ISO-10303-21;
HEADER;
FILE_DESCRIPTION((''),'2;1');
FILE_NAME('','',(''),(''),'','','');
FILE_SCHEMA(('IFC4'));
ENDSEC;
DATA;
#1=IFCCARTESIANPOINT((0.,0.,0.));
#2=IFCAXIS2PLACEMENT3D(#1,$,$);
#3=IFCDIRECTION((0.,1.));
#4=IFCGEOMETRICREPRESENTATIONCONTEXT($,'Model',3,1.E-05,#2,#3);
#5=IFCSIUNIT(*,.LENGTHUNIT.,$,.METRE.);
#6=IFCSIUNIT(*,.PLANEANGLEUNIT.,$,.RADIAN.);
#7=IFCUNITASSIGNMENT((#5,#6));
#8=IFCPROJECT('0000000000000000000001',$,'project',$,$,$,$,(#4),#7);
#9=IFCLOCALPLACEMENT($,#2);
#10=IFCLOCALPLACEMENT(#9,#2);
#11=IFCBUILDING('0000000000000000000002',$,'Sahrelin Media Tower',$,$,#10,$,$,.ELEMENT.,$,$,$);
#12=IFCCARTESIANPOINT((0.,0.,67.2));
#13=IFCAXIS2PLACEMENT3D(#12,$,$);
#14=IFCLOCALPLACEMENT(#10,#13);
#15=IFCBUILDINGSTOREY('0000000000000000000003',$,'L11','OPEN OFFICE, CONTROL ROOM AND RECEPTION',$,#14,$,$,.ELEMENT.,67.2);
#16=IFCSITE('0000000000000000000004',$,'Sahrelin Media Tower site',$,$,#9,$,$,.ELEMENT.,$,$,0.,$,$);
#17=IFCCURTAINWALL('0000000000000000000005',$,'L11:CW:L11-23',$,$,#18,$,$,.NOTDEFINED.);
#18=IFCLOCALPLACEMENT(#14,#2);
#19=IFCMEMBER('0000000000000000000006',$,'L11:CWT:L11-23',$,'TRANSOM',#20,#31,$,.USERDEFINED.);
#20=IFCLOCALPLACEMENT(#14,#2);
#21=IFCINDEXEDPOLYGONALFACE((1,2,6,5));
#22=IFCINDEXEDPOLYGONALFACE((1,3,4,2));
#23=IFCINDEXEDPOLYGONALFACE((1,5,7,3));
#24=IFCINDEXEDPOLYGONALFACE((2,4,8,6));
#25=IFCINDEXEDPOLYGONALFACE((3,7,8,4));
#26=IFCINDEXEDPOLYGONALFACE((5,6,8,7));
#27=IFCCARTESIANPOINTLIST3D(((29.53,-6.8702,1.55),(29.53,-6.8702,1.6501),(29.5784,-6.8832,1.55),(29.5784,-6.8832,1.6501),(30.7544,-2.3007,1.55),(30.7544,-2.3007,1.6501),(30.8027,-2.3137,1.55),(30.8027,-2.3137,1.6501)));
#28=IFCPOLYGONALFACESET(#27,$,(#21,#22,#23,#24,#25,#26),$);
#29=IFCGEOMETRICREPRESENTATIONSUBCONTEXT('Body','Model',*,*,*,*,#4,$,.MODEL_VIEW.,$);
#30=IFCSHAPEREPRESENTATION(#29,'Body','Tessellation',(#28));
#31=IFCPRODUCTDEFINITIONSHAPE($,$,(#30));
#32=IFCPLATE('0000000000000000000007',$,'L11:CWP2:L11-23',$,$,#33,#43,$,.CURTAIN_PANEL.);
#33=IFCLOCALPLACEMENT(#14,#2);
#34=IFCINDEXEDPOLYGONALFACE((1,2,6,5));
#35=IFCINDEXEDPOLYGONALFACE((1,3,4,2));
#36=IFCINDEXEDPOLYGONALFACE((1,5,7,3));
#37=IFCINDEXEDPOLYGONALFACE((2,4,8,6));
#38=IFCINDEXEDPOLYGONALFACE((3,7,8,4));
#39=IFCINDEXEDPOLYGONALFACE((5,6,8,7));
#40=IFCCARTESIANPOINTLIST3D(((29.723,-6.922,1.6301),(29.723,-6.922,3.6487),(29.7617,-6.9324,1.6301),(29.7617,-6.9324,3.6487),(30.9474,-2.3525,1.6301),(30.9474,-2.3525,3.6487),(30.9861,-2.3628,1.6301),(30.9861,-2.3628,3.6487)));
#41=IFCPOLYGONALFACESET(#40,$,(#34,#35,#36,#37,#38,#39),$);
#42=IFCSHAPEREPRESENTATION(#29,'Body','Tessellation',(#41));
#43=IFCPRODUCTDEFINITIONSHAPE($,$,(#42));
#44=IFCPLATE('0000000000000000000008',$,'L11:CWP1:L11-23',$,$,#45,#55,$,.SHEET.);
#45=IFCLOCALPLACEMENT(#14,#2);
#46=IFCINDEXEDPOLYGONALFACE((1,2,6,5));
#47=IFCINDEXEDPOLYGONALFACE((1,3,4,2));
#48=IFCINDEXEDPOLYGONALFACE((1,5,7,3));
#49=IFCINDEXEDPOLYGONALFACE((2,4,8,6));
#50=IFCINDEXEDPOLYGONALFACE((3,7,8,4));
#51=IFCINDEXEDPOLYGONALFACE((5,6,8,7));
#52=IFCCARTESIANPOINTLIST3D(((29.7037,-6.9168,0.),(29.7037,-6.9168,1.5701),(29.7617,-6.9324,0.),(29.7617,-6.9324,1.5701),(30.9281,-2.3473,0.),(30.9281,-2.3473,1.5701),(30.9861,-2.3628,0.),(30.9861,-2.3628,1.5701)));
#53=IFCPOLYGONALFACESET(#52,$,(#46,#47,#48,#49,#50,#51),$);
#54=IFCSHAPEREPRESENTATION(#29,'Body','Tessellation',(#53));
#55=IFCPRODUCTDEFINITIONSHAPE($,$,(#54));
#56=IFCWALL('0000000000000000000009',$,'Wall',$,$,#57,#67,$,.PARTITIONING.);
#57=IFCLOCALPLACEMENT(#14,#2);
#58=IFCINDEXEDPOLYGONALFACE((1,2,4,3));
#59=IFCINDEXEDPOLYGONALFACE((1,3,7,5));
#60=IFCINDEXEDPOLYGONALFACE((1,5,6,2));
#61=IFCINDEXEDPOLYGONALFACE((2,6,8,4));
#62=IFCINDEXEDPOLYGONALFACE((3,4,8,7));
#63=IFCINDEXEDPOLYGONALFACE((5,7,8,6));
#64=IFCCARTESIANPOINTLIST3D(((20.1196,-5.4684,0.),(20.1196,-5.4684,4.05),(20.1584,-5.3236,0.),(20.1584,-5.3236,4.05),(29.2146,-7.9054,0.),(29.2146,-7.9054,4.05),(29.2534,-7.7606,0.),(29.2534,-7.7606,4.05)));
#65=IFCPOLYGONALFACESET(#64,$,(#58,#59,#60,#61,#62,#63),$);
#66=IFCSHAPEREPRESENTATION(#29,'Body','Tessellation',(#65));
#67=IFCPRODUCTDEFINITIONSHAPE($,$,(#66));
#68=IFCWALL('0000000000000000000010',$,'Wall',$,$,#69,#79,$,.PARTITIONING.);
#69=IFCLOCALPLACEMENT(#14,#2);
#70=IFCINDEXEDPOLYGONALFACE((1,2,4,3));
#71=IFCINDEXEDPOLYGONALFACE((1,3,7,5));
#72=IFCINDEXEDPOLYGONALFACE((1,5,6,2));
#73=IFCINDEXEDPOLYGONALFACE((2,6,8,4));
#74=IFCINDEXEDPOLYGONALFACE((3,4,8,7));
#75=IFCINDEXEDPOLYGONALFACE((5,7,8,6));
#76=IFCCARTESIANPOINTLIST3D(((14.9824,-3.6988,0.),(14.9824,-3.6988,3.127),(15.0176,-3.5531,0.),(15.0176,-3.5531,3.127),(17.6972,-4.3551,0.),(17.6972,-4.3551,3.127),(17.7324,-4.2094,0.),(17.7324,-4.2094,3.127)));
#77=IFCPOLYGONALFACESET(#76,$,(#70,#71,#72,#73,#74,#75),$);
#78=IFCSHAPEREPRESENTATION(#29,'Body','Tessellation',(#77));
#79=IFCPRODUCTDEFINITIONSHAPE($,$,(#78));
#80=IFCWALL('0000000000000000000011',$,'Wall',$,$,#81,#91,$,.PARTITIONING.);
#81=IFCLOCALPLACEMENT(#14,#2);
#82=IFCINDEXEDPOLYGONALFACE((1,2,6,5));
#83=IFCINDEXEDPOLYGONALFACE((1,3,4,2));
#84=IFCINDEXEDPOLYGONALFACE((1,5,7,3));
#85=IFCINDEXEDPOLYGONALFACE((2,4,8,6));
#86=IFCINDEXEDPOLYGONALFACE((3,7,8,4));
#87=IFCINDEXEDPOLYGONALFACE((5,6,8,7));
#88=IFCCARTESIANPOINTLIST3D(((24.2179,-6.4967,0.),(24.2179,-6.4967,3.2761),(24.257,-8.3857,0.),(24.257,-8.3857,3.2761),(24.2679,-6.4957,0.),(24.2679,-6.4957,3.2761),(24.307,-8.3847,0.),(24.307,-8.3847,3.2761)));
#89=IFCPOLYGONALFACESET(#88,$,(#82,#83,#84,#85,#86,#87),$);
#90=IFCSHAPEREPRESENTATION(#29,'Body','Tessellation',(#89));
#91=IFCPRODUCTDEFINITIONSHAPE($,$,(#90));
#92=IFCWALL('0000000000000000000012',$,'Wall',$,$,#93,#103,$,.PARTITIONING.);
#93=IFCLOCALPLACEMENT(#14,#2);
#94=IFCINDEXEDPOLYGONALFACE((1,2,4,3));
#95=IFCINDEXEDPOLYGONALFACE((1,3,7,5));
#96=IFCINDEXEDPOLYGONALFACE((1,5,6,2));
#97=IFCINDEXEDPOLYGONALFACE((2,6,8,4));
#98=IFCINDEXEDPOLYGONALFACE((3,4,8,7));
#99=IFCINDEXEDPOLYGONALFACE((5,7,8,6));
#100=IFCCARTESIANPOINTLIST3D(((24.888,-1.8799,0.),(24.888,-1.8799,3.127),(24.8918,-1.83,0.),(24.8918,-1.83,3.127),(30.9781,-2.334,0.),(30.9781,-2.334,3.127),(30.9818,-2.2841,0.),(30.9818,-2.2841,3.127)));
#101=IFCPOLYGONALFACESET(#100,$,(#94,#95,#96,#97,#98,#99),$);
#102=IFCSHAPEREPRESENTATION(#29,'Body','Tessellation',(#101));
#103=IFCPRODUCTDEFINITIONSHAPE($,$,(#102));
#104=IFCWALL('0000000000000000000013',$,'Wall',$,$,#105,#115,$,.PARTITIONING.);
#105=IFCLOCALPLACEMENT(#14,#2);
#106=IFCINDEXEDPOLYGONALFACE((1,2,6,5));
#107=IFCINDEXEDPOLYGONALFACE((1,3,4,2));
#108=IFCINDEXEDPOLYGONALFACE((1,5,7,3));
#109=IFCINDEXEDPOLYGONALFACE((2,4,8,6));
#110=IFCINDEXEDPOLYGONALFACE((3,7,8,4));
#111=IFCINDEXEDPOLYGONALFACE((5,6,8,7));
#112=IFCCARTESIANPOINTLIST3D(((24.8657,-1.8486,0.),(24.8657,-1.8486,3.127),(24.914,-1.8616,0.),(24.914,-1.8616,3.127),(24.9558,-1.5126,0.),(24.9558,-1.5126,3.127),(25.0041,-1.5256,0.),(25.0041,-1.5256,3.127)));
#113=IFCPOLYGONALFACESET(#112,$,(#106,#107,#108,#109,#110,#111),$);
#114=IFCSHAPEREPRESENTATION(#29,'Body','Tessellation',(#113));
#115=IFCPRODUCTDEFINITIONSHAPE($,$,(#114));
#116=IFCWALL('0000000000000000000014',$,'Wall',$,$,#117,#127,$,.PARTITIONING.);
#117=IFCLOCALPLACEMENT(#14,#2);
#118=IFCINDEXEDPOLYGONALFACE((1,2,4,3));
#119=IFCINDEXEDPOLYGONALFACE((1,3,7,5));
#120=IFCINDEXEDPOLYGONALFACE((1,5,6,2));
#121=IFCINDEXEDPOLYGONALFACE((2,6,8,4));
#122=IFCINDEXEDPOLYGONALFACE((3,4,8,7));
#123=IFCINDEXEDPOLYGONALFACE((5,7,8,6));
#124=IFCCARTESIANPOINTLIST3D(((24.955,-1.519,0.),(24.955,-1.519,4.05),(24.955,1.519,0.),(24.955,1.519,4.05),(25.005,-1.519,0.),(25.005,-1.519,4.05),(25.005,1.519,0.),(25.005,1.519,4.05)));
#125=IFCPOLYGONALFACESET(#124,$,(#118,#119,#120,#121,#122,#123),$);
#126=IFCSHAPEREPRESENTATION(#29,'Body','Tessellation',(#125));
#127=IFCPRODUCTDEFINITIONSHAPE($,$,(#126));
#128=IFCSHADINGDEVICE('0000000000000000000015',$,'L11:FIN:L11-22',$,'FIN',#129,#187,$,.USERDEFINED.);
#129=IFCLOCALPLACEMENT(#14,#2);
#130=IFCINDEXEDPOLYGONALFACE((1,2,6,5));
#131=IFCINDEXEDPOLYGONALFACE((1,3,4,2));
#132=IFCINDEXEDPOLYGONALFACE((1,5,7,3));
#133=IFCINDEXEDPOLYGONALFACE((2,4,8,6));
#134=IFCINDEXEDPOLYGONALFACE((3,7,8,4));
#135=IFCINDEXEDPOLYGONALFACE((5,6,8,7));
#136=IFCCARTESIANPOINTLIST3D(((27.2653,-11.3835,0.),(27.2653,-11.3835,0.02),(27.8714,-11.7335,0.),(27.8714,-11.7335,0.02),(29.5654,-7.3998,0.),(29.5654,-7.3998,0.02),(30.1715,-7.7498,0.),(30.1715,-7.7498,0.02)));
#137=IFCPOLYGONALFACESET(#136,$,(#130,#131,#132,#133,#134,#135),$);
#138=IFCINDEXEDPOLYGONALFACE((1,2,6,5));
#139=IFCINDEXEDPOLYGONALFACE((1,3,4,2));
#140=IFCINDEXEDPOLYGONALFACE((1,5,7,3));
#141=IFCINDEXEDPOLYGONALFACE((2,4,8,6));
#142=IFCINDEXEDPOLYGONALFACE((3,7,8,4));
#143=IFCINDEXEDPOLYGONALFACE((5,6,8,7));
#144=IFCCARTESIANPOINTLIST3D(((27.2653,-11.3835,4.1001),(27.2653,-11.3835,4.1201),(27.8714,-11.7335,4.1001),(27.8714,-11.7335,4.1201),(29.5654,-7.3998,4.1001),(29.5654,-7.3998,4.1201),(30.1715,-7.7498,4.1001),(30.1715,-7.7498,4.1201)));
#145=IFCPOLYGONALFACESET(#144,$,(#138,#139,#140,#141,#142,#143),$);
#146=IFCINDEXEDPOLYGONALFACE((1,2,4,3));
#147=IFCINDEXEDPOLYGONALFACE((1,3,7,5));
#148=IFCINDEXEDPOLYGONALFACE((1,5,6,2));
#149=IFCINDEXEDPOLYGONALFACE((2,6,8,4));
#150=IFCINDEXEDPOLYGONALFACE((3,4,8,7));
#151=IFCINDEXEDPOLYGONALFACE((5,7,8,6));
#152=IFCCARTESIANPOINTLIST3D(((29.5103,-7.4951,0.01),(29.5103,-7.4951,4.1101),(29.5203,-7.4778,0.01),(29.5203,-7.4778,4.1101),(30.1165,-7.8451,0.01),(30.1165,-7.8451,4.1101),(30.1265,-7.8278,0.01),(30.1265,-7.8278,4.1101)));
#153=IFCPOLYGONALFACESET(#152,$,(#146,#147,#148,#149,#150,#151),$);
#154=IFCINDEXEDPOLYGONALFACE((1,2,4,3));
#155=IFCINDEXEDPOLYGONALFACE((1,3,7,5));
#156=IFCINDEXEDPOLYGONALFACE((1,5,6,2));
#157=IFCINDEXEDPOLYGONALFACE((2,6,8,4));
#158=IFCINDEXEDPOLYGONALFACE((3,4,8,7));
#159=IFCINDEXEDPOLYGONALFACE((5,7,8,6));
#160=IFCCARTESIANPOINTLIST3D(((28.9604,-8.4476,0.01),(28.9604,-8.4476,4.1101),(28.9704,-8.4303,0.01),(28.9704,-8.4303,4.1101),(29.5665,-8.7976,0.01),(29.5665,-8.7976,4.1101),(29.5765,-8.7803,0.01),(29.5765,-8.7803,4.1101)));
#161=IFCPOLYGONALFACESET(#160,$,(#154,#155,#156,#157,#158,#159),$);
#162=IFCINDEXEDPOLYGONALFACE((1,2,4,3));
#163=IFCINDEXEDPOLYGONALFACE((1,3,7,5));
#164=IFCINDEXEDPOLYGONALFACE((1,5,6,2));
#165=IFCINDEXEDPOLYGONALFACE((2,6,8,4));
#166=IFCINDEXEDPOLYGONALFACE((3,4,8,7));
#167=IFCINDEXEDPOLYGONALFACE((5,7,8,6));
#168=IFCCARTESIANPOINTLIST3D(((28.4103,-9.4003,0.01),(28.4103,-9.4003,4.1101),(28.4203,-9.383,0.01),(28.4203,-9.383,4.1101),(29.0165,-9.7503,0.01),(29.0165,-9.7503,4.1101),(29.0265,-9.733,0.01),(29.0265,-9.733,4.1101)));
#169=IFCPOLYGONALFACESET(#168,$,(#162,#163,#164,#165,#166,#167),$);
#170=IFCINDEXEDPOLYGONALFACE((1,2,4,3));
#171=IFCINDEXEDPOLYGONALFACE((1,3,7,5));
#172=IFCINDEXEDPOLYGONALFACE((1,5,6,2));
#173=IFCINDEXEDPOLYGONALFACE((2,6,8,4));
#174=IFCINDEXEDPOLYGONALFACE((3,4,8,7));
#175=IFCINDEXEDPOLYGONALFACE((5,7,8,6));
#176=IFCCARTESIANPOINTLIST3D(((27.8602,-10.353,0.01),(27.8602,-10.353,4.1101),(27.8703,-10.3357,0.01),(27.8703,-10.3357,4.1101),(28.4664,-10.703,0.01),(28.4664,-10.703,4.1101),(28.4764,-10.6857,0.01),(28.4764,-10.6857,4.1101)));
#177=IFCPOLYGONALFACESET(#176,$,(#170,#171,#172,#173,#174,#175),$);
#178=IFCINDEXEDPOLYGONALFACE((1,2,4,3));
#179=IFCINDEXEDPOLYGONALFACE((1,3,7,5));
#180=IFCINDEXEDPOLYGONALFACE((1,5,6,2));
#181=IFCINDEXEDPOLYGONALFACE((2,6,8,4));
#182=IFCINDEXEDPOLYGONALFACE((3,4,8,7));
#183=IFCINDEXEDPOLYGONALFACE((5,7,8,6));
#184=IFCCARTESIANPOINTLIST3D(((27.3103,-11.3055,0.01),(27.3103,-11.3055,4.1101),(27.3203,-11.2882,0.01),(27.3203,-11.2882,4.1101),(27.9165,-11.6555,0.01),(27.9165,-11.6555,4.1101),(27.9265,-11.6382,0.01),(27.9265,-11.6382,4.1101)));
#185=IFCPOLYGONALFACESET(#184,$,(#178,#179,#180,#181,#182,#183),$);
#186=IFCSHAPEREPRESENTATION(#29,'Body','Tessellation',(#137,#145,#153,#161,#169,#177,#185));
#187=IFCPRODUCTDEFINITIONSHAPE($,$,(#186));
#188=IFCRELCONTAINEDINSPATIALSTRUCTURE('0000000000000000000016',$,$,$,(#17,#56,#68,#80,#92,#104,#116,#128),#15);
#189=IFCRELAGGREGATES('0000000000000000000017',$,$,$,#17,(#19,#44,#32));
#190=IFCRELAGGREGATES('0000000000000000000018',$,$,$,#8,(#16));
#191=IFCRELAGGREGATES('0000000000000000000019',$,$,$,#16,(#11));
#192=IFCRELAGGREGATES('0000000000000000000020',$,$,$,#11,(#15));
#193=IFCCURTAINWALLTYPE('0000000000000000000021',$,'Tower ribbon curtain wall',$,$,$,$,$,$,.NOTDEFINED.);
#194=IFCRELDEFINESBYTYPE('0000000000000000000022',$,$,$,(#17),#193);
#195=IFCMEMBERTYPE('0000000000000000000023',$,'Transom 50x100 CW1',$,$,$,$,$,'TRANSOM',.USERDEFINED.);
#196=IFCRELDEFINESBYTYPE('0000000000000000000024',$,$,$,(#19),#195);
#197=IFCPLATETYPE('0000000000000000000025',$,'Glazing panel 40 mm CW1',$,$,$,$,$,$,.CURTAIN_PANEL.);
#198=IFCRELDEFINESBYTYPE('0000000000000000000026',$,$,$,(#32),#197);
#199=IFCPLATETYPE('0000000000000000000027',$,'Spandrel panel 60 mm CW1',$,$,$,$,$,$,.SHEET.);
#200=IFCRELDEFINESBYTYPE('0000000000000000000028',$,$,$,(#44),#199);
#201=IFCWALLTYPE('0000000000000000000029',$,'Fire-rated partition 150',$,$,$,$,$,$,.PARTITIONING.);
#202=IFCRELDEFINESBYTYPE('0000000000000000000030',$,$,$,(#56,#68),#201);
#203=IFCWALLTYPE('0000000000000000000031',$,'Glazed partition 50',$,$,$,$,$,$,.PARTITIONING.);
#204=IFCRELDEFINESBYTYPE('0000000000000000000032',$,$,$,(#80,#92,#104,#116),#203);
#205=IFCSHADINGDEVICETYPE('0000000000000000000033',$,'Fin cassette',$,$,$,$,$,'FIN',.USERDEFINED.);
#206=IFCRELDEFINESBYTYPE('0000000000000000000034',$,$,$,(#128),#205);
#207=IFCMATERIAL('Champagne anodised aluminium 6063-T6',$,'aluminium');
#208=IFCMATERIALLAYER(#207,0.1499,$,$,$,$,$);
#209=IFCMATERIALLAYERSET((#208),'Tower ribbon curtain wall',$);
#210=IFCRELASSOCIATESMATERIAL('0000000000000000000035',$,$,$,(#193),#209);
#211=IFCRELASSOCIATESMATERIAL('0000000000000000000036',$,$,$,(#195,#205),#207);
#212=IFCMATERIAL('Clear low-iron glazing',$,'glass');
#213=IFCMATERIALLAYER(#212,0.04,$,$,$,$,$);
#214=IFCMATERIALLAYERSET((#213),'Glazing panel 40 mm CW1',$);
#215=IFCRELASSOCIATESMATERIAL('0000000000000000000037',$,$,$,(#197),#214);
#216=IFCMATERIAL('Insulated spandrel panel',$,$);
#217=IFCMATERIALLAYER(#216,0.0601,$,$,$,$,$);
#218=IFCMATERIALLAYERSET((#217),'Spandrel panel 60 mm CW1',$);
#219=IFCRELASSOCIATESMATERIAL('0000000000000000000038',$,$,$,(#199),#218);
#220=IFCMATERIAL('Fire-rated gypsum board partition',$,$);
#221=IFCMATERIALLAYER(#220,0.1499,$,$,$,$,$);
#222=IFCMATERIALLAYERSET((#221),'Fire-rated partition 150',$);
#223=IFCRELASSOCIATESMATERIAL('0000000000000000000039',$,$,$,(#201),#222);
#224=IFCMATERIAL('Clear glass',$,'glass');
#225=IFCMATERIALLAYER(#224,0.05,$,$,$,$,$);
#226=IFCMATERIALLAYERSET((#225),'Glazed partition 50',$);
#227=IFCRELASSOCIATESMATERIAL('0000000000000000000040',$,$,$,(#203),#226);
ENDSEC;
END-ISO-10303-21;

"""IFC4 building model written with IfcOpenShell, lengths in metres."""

from ifc_helpers import new_model, si_unit, direction, frame, frame_2d, origin, origin_2d, place, context, subcontext, project, spatial, polyline, rectangle, outline, extrude, material, layer, layer_set, material_profile, profile_set, type_object, element, aggregate, save


model = new_model("IFC4")

# Units and contexts
model_context = context("Model", 3, precision=1e-05, world=origin(), true_north=direction((0.0, 1.0)))
body_context = subcontext(model_context, "Body", "Model", "MODEL_VIEW")
ifc_project = project(units=[si_unit("LENGTHUNIT", "METRE"), si_unit("PLANEANGLEUNIT", "RADIAN")], contexts=[model_context])

# Site, building, storey
site_placement = place(None, origin())
site = spatial("IfcSite", under=ifc_project, at=site_placement, Name="Sahrelin Media Tower site", CompositionType="ELEMENT", RefElevation=0.0)
building_placement = place(site_placement, origin())
building = spatial("IfcBuilding", under=site, at=building_placement, Name="Sahrelin Media Tower", CompositionType="ELEMENT")
storey_placement = place(building_placement, frame((0.0, 0.0, 67.2)))
storey = spatial("IfcBuildingStorey", under=building, at=storey_placement, Name="L11", Description="OPEN OFFICE, CONTROL ROOM AND RECEPTION", CompositionType="ELEMENT", Elevation=67.2)

# Curtain wall
ifc_material_1 = material(Name="Champagne anodised aluminium 6063-T6", Category="aluminium")
ifc_layer_1 = layer(ifc_material_1, 0.1499)
ifc_layer_set_1 = layer_set([ifc_layer_1], Name="Tower ribbon curtain wall")
curtain_wall_type = type_object("IfcCurtainWallType", Name="Tower ribbon curtain wall", PredefinedType="NOTDEFINED", material=ifc_layer_set_1)
curtain_wall_1_placement = place(storey_placement, frame((30.3545, -4.6423, 0.0), z_axis=(0.0, 0.0, 1.0), x_axis=(1.0, 0.0, 0.0)))
curtain_wall_1 = element("IfcCurtainWall", 1, at=curtain_wall_1_placement, inside=storey, type_object=curtain_wall_type, Name="L11:CW:L11-23", PredefinedType="NOTDEFINED")

# Member
ifc_material_profile_1 = material_profile(ifc_material_1, rectangle(XDim=0.05, YDim=0.1001, at=origin_2d()), Name="Transom 50x100")
ifc_profile_set_1 = profile_set([ifc_material_profile_1], Name="Champagne anodised aluminium 6063-T6")
member_type_1 = type_object("IfcMemberType", Name="Transom 50x100 CW1", ElementType="TRANSOM", PredefinedType="USERDEFINED", material=ifc_profile_set_1)
member_1_placement = place(storey_placement, frame((29.5542, -6.8767, 1.6001), z_axis=(0.258809, 0.965928, 0.0), x_axis=(-0.965928, 0.258809, 0.0)))
member_1 = element("IfcMember", 2, at=member_1_placement, type_object=member_type_1, Name="L11:CWT:L11-23", ObjectType="TRANSOM", PredefinedType="USERDEFINED", context=body_context, shape_type="SweptSolid", body=[
    extrude(rectangle(XDim=0.05, YDim=0.1001, at=origin_2d()), origin(), (0.0, 0.0, 1.0), 4.7307),
])

# Plates
ifc_material_2 = material(Name="Clear low-iron glazing", Category="glass")
ifc_layer_2 = layer(ifc_material_2, 0.04)
ifc_layer_set_2 = layer_set([ifc_layer_2], Name="Glazing panel 40 mm CW1")
plate_type_1 = type_object("IfcPlateType", Name="Glazing panel 40 mm CW1", PredefinedType="CURTAIN_PANEL", material=ifc_layer_set_2)
plate_1_placement = place(storey_placement, frame((29.7617, -6.9324, 1.6301), z_axis=(0.965928, -0.258809, 0.0), x_axis=(0.258809, 0.965928, 0.0)))
plate_1 = element("IfcPlate", 3, at=plate_1_placement, type_object=plate_type_1, Name="L11:CWP2:L11-23", PredefinedType="CURTAIN_PANEL", context=body_context, shape_type="SweptSolid", body=[
    extrude(outline(polyline([(0.0, 0.0), (4.7307, 0.0), (4.7307, 2.0186), (0.0, 2.0186), (0.0, 0.0)])), origin(), (0.0, 0.0, -1.0), 0.04),
])
ifc_material_3 = material(Name="Insulated spandrel panel")
ifc_layer_3 = layer(ifc_material_3, 0.0601)
ifc_layer_set_3 = layer_set([ifc_layer_3], Name="Spandrel panel 60 mm CW1")
plate_type_2 = type_object("IfcPlateType", Name="Spandrel panel 60 mm CW1", PredefinedType="SHEET", material=ifc_layer_set_3)
plate_2_placement = place(storey_placement, frame((29.7617, -6.9324, 0.0), z_axis=(0.965928, -0.258809, 0.0), x_axis=(0.258809, 0.965928, 0.0)))
plate_2 = element("IfcPlate", 4, at=plate_2_placement, type_object=plate_type_2, Name="L11:CWP1:L11-23", PredefinedType="SHEET", context=body_context, shape_type="SweptSolid", body=[
    extrude(outline(polyline([(0.0, 0.0), (4.7307, 0.0), (4.7307, 1.5701), (0.0, 1.5701), (0.0, 0.0)])), origin(), (0.0, 0.0, -1.0), 0.0601),
])
aggregate(curtain_wall_1, [member_1, plate_2, plate_1])

# Walls
ifc_material_4 = material(Name="Fire-rated gypsum board partition")
ifc_layer_4 = layer(ifc_material_4, 0.1499)
ifc_layer_set_4 = layer_set([ifc_layer_4], Name="Fire-rated partition 150")
wall_type_1 = type_object("IfcWallType", Name="Fire-rated partition 150", PredefinedType="PARTITIONING", material=ifc_layer_set_4)
wall_1_placement = place(storey_placement, frame((20.1389, -5.396, 0.0), z_axis=(0.0, 0.0, 1.0), x_axis=(0.965925, -0.258821, 0.0)))
element("IfcWall", 5, at=wall_1_placement, inside=storey, type_object=wall_type_1, Name="Wall", PredefinedType="PARTITIONING", context=body_context, shape_type="SweptSolid", body=[
    extrude(rectangle(XDim=9.4158, YDim=0.1499, at=frame_2d((4.708, 0.0))), origin(), (0.0, 0.0, 1.0), 4.05),
])
wall_2_placement = place(storey_placement, frame((15.0, -3.626, 0.0), z_axis=(0.0, 0.0, 1.0), x_axis=(0.972005, -0.23496, 0.0)))
element("IfcWall", 6, at=wall_2_placement, inside=storey, type_object=wall_type_1, Name="Wall", PredefinedType="PARTITIONING", context=body_context, shape_type="SweptSolid", body=[
    extrude(rectangle(XDim=2.793, YDim=0.1499, at=frame_2d((1.3965, 0.0))), origin(), (0.0, 0.0, 1.0), 3.127),
])
ifc_material_5 = material(Name="Clear glass", Category="glass")
ifc_layer_5 = layer(ifc_material_5, 0.05)
ifc_layer_set_5 = layer_set([ifc_layer_5], Name="Glazed partition 50")
wall_type_2 = type_object("IfcWallType", Name="Glazed partition 50", PredefinedType="PARTITIONING", material=ifc_layer_set_5)
wall_3_placement = place(storey_placement, frame((24.2429, -6.4961, 0.0), z_axis=(0.0, 0.0, 1.0), x_axis=(0.020675, -0.999786, 0.0)))
element("IfcWall", 7, at=wall_3_placement, inside=storey, type_object=wall_type_2, Name="Wall", PredefinedType="PARTITIONING", context=body_context, shape_type="SweptSolid", body=[
    extrude(rectangle(XDim=1.8894, YDim=0.05, at=frame_2d((0.9448, 0.0))), origin(), (0.0, 0.0, 1.0), 3.2761),
])
wall_4_placement = place(storey_placement, frame((24.8899, -1.855, 0.0), z_axis=(0.0, 0.0, 1.0), x_axis=(0.997232, -0.074358, 0.0)))
element("IfcWall", 8, at=wall_4_placement, inside=storey, type_object=wall_type_2, Name="Wall", PredefinedType="PARTITIONING", context=body_context, shape_type="SweptSolid", body=[
    extrude(rectangle(XDim=6.1069, YDim=0.05, at=frame_2d((3.0535, 0.0))), origin(), (0.0, 0.0, 1.0), 3.127),
])
wall_5_placement = place(storey_placement, frame((24.8899, -1.855, 0.0), z_axis=(0.0, 0.0, 1.0), x_axis=(0.259017, 0.965873, 0.0)))
element("IfcWall", 9, at=wall_5_placement, inside=storey, type_object=wall_type_2, Name="Wall", PredefinedType="PARTITIONING", context=body_context, shape_type="SweptSolid", body=[
    extrude(rectangle(XDim=0.3479, YDim=0.05, at=frame_2d((0.1738, 0.0))), origin(), (0.0, 0.0, 1.0), 3.127),
])
wall_6_placement = place(storey_placement, frame((24.98, -1.519, 0.0), z_axis=(0.0, 0.0, 1.0), x_axis=(0.0, 1.0, 0.0)))
element("IfcWall", 10, at=wall_6_placement, inside=storey, type_object=wall_type_2, Name="Wall", PredefinedType="PARTITIONING", context=body_context, shape_type="SweptSolid", body=[
    extrude(rectangle(XDim=3.0381, YDim=0.05, at=frame_2d((1.519, 0.0))), origin(), (0.0, 0.0, 1.0), 4.05),
])

# Shading device
shading_device_type_1 = type_object("IfcShadingDeviceType", Name="Fin cassette", ElementType="FIN", PredefinedType="USERDEFINED", material=ifc_material_1)
placement_1 = place(storey_placement, frame((28.3547, -9.3567, 0.0), z_axis=(0.0, 0.0, 1.0), x_axis=(-0.500011, -0.866019, 0.0)))
element("IfcShadingDevice", 11, at=placement_1, inside=storey, type_object=shading_device_type_1, Name="L11:FIN:L11-22", ObjectType="FIN", PredefinedType="USERDEFINED", context=body_context, shape_type="SweptSolid", body=[
    extrude(rectangle(XDim=4.6001, YDim=0.7, at=origin_2d()), frame((0.0, 0.4199, 0.0)), (0.0, 0.0, 1.0), 0.02),
    extrude(rectangle(XDim=4.6001, YDim=0.7, at=origin_2d()), frame((0.0, 0.4199, 4.1001)), (0.0, 0.0, 1.0), 0.02),
    extrude(rectangle(XDim=0.02, YDim=0.7, at=origin_2d()), frame((-2.2, 0.4199, 0.01), z_axis=(0.0, 0.0, 1.0), x_axis=(1.0, 0.0, 0.0)), (0.0, 0.0, 1.0), 4.1001),
    extrude(rectangle(XDim=0.02, YDim=0.7, at=origin_2d()), frame((-1.1001, 0.4199, 0.01), z_axis=(0.0, 0.0, 1.0), x_axis=(1.0, 0.0, 0.0)), (0.0, 0.0, 1.0), 4.1001),
    extrude(rectangle(XDim=0.02, YDim=0.7, at=origin_2d()), frame((0.0, 0.4199, 0.01), z_axis=(0.0, 0.0, 1.0), x_axis=(1.0, 0.0, 0.0)), (0.0, 0.0, 1.0), 4.1001),
    extrude(rectangle(XDim=0.02, YDim=0.7, at=origin_2d()), frame((1.1001, 0.4199, 0.01), z_axis=(0.0, 0.0, 1.0), x_axis=(1.0, 0.0, 0.0)), (0.0, 0.0, 1.0), 4.1001),
    extrude(rectangle(XDim=0.02, YDim=0.7, at=origin_2d()), frame((2.2, 0.4199, 0.01), z_axis=(0.0, 0.0, 1.0), x_axis=(1.0, 0.0, 0.0)), (0.0, 0.0, 1.0), 4.1001),
])

save(model, "model.ifc")
